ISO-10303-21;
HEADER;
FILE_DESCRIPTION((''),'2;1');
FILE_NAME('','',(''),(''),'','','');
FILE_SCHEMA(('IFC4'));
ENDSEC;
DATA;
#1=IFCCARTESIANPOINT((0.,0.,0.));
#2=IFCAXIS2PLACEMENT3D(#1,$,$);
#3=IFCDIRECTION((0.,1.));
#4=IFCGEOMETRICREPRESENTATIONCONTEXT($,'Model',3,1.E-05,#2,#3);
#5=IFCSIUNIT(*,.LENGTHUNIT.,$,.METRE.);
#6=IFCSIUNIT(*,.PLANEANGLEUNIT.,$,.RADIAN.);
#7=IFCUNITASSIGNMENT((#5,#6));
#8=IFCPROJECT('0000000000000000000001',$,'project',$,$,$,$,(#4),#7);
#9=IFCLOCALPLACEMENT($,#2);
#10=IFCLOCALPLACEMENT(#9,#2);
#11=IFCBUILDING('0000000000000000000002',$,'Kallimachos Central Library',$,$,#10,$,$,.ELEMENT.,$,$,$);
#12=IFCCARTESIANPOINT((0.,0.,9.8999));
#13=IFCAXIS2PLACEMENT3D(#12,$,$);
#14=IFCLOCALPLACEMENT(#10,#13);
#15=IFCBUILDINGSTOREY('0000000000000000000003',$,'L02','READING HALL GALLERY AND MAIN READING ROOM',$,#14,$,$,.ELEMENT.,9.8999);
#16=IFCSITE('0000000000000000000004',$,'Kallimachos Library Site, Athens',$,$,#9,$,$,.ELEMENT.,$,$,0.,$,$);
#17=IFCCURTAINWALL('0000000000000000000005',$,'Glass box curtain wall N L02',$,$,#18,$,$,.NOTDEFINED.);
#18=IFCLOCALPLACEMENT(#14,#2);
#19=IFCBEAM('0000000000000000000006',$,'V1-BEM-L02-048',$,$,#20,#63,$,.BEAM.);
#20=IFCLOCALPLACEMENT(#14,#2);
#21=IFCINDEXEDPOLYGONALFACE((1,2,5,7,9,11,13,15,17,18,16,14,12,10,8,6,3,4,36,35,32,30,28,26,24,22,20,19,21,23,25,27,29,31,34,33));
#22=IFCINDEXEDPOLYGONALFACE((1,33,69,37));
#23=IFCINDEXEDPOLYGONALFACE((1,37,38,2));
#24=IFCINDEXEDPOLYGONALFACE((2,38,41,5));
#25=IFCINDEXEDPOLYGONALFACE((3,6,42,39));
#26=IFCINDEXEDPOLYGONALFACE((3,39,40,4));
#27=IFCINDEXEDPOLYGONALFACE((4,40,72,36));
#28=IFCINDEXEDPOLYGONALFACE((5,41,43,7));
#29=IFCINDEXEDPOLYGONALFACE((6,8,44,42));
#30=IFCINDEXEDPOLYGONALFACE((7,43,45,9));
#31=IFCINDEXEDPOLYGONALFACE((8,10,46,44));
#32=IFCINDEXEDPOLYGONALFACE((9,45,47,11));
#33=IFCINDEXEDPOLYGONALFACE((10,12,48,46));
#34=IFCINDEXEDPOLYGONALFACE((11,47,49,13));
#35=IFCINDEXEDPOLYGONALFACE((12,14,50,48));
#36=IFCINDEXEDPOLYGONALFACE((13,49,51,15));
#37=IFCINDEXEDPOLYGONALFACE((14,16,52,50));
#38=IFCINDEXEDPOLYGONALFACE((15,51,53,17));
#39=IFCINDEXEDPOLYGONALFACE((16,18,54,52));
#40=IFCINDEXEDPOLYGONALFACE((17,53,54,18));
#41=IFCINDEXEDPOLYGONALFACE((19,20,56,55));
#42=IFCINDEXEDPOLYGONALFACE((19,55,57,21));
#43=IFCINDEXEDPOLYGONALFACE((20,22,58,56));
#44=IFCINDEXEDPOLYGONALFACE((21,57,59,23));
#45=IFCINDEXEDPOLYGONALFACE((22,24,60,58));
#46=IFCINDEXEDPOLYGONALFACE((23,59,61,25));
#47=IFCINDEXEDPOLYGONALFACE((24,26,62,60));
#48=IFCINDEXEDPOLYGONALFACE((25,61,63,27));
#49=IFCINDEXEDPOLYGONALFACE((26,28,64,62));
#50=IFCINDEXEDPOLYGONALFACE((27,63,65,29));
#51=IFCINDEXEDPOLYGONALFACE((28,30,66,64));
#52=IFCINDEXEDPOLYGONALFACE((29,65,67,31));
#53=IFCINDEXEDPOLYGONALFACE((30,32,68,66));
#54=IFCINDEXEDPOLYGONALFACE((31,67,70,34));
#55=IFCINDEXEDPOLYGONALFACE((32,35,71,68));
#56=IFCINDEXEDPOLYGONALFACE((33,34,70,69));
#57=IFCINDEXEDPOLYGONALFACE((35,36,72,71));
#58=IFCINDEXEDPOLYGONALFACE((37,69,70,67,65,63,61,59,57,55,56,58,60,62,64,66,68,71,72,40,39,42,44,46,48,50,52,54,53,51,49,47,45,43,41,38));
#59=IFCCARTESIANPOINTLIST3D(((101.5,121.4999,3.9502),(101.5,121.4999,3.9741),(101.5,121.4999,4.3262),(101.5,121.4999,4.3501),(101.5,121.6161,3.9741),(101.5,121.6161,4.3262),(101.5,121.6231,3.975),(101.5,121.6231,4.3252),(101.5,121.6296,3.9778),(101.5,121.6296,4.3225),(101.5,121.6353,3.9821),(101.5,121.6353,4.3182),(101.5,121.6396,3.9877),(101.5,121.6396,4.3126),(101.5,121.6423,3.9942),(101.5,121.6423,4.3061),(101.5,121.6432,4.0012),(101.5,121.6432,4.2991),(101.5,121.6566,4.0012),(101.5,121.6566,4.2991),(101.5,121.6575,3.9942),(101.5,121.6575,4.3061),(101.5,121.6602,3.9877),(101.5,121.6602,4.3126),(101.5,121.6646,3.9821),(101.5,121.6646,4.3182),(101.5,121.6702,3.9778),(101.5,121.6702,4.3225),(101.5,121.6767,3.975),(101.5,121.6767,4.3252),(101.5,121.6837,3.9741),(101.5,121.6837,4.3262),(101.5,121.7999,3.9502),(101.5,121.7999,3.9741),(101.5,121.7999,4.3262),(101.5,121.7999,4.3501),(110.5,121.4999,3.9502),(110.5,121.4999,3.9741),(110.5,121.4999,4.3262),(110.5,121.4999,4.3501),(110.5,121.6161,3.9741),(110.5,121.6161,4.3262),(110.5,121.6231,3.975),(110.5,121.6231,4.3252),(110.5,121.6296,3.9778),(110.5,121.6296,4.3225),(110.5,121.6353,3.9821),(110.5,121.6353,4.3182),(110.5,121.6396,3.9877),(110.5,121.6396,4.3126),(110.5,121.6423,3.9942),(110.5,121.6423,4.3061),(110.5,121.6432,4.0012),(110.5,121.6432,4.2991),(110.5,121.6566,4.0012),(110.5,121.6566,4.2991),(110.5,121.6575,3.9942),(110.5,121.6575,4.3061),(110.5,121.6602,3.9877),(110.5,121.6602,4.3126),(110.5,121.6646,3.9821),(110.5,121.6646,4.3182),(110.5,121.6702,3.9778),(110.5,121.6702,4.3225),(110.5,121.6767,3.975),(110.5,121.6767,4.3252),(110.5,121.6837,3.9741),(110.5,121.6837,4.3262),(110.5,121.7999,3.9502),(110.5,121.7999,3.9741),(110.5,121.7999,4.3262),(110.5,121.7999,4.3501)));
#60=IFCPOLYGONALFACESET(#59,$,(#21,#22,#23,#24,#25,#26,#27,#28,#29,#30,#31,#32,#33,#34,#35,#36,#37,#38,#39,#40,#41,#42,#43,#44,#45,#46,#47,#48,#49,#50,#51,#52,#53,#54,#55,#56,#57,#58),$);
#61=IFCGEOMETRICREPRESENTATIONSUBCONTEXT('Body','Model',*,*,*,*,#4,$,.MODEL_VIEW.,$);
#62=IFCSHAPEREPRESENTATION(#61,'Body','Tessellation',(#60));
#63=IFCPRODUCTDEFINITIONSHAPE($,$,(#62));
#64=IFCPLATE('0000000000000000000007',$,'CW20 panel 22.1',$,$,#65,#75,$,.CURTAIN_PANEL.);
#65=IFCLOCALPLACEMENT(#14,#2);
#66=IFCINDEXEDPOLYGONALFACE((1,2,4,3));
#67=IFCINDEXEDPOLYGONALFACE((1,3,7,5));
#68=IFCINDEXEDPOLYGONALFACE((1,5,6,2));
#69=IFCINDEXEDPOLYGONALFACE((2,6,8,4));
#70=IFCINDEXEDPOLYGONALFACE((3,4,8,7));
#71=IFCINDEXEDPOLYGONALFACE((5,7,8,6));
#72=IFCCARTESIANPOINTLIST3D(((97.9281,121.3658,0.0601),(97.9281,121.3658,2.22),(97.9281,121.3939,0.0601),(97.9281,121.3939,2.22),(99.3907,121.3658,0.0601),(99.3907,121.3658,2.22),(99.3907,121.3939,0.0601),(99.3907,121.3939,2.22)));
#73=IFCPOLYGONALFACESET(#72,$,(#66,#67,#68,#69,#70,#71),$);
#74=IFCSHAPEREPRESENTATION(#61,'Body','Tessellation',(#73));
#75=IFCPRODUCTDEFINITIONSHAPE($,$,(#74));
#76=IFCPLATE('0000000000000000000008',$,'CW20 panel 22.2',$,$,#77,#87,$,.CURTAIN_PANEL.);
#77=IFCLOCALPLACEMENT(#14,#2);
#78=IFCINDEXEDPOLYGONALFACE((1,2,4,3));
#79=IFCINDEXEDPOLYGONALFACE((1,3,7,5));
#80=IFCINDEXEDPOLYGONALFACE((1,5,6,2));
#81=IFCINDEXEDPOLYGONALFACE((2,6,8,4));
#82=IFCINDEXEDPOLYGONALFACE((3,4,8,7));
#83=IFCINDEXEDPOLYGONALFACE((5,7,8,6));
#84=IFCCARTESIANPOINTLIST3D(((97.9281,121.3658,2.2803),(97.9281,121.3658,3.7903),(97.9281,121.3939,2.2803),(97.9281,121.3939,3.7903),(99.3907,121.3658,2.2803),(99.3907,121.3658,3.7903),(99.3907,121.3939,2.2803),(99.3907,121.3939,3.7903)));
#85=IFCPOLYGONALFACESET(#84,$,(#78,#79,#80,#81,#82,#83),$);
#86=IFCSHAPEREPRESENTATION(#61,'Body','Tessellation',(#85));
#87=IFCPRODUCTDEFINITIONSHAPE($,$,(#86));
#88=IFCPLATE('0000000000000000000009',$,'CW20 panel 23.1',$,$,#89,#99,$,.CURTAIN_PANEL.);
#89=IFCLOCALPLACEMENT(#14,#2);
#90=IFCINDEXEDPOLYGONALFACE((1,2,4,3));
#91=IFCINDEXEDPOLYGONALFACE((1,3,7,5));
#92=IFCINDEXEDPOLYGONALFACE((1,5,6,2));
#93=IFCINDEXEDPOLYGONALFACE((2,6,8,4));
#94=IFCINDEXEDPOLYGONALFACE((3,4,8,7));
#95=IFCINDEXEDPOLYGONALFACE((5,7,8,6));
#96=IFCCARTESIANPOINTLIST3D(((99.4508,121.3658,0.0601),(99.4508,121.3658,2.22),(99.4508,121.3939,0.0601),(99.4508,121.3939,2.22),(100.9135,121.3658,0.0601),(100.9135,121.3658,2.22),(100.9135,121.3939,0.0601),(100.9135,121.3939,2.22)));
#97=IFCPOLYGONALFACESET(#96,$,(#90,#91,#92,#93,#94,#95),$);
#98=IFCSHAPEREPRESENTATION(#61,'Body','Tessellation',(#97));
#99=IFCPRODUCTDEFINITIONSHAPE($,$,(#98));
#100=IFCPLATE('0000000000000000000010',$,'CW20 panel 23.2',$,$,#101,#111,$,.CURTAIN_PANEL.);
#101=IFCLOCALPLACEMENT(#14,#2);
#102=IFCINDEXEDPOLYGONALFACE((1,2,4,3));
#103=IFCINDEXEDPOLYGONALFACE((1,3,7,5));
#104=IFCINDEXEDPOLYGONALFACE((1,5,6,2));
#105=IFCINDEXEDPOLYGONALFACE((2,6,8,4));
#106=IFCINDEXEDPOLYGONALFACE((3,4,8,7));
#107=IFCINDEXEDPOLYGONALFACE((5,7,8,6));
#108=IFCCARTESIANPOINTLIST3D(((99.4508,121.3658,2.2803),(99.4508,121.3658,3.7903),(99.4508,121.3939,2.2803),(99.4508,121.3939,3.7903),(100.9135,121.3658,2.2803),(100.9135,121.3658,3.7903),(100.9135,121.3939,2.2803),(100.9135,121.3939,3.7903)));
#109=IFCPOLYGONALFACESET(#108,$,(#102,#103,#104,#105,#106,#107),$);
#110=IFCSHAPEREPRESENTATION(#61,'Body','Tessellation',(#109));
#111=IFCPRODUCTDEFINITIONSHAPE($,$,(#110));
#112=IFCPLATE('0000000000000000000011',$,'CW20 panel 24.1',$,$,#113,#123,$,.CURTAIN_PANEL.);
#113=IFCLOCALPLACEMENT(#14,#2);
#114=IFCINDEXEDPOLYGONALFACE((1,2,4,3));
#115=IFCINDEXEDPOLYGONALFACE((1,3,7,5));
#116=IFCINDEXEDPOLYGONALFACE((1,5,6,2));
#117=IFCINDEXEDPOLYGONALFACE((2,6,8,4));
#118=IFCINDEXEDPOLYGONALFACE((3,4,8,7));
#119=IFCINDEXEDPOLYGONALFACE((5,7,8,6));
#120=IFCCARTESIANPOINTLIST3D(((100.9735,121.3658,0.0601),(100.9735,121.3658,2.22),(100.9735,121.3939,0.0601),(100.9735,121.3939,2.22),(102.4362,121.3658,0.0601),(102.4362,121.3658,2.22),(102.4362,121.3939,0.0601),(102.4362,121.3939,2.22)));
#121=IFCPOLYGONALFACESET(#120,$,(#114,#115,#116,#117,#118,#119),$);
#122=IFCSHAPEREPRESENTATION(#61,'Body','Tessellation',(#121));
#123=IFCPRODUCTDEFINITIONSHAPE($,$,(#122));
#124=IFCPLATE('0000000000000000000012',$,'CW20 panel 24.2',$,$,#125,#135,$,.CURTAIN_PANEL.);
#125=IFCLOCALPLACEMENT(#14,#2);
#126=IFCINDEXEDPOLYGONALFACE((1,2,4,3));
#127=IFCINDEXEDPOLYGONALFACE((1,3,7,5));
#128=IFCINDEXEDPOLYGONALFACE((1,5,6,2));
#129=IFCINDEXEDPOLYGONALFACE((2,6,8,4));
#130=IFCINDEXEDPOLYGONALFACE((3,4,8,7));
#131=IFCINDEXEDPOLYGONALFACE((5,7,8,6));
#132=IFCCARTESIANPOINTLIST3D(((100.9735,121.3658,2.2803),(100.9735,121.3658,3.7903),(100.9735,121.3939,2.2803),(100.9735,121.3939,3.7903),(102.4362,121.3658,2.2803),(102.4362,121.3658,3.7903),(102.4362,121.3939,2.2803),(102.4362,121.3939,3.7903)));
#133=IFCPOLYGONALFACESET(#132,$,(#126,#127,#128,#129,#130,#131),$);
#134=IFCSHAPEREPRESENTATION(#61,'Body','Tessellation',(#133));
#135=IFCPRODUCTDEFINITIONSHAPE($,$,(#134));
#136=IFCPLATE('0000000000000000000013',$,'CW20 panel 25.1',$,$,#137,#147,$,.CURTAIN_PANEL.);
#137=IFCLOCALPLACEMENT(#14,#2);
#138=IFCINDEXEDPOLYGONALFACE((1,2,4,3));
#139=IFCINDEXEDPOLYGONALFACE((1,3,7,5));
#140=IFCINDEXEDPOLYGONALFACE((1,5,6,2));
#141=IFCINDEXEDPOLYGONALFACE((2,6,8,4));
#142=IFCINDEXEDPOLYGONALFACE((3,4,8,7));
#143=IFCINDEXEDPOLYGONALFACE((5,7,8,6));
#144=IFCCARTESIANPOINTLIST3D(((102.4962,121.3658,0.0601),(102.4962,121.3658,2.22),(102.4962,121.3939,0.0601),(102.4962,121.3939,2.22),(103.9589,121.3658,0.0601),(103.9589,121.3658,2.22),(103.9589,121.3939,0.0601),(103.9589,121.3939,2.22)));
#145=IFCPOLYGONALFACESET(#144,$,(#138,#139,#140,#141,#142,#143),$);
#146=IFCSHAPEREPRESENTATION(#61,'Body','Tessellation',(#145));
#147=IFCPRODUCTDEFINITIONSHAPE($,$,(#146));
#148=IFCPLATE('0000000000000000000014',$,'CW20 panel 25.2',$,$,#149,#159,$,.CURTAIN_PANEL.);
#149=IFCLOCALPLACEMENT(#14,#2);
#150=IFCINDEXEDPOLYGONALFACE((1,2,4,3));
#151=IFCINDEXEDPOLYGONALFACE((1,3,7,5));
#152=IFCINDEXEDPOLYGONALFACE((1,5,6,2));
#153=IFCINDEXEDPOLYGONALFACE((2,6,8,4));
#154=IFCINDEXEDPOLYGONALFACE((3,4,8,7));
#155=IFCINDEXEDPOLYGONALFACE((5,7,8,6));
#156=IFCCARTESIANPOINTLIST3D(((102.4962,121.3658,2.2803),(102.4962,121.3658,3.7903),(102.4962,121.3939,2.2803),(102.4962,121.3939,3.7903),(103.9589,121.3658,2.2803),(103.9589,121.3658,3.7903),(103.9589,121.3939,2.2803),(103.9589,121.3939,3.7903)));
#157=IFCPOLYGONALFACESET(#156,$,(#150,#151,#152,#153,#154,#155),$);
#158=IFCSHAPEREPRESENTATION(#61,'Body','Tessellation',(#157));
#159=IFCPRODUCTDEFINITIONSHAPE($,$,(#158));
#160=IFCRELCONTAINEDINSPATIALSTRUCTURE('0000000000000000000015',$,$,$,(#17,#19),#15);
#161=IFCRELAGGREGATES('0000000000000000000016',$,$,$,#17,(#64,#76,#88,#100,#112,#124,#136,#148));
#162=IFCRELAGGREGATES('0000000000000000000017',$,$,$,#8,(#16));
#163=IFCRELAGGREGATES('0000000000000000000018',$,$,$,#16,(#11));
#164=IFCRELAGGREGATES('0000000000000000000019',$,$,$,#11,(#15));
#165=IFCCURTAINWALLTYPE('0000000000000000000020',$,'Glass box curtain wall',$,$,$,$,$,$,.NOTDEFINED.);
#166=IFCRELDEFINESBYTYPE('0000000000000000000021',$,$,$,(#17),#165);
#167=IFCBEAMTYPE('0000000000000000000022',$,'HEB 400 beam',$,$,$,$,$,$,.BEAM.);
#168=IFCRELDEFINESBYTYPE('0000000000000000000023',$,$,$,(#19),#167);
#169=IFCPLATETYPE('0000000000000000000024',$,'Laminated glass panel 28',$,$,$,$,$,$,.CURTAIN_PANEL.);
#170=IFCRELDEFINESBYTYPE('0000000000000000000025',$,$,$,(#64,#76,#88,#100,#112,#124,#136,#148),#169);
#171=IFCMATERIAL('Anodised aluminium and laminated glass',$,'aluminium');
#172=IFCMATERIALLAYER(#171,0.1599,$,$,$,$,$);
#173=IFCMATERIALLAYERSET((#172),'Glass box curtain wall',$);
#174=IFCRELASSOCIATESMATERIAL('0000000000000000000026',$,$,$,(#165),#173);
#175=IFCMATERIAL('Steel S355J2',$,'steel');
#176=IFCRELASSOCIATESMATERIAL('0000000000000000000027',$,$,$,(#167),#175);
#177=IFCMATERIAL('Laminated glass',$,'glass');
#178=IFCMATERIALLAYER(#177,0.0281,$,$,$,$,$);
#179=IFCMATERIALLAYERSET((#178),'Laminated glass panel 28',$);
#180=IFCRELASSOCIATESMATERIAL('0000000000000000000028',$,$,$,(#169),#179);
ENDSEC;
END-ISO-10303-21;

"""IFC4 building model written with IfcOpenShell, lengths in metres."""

from ifc_helpers import new_model, si_unit, direction, frame, origin, origin_2d, place, context, subcontext, project, spatial, rectangle, i_section, extrude, material, layer, layer_set, material_profile, profile_set, type_object, element, aggregate, save


model = new_model("IFC4")

# Units and contexts
model_context = context("Model", 3, precision=1e-05, world=origin(), true_north=direction((0.0, 1.0)))
body_context = subcontext(model_context, "Body", "Model", "MODEL_VIEW")
ifc_project = project(units=[si_unit("LENGTHUNIT", "METRE"), si_unit("PLANEANGLEUNIT", "RADIAN")], contexts=[model_context])

# Site, building, storey
site_placement = place(None, origin())
site = spatial("IfcSite", under=ifc_project, at=site_placement, Name="Kallimachos Library Site, Athens", CompositionType="ELEMENT", RefElevation=0.0)
building_placement = place(site_placement, origin())
building = spatial("IfcBuilding", under=site, at=building_placement, Name="Kallimachos Central Library", CompositionType="ELEMENT")
storey_placement = place(building_placement, frame((0.0, 0.0, 9.8999)))
storey = spatial("IfcBuildingStorey", under=building, at=storey_placement, Name="L02", Description="READING HALL GALLERY AND MAIN READING ROOM", CompositionType="ELEMENT", Elevation=9.8999)

# Curtain wall
ifc_material_1 = material(Name="Anodised aluminium and laminated glass", Category="aluminium")
ifc_layer_1 = layer(ifc_material_1, 0.1599)
ifc_layer_set_1 = layer_set([ifc_layer_1], Name="Glass box curtain wall")
curtain_wall_type = type_object("IfcCurtainWallType", Name="Glass box curtain wall", PredefinedType="NOTDEFINED", material=ifc_layer_set_1)
curtain_wall_placement = place(storey_placement, origin())
curtain_wall = element("IfcCurtainWall", 1, at=curtain_wall_placement, inside=storey, type_object=curtain_wall_type, Name="Glass box curtain wall N L02", PredefinedType="NOTDEFINED")

# Beam
ifc_material_2 = material(Name="Steel S355J2", Category="steel")
ifc_material_profile_1 = material_profile(ifc_material_2, i_section(OverallWidth=0.3, OverallDepth=0.3999, WebThickness=0.0134, FlangeThickness=0.0239, FilletRadius=0.0271, at=origin_2d()), Name="HEB 400")
ifc_profile_set_1 = profile_set([ifc_material_profile_1], Name="Steel S355J2")
beam_type = type_object("IfcBeamType", Name="HEB 400 beam", PredefinedType="BEAM", material=ifc_profile_set_1)
beam_placement = place(storey_placement, frame((101.5, 121.6499, 4.1501), z_axis=(1.0, 0.0, 0.0), x_axis=(0.0, 1.0, 0.0)))
element("IfcBeam", 2, at=beam_placement, inside=storey, type_object=beam_type, Name="V1-BEM-L02-048", PredefinedType="BEAM", context=body_context, shape_type="SweptSolid", body=[
    extrude(i_section(OverallWidth=0.3, OverallDepth=0.3999, WebThickness=0.0134, FlangeThickness=0.0239, FilletRadius=0.0271, at=origin_2d()), origin(), (0.0, 0.0, 1.0), 9.0),
])

# Plates
ifc_material_3 = material(Name="Laminated glass", Category="glass")
ifc_layer_2 = layer(ifc_material_3, 0.0281)
ifc_layer_set_2 = layer_set([ifc_layer_2], Name="Laminated glass panel 28")
plate_type = type_object("IfcPlateType", Name="Laminated glass panel 28", PredefinedType="CURTAIN_PANEL", material=ifc_layer_set_2)
plate_1_placement = place(storey_placement, frame((98.6594, 121.3799, 0.0601), z_axis=(0.0, 0.0, 1.0), x_axis=(1.0, 0.0, 0.0)))
plate_1 = element("IfcPlate", 3, at=plate_1_placement, type_object=plate_type, Name="CW20 panel 22.1", PredefinedType="CURTAIN_PANEL", context=body_context, shape_type="SweptSolid", body=[
    extrude(rectangle(XDim=1.4626, YDim=0.0281, at=origin_2d()), origin(), (0.0, 0.0, 1.0), 2.1599),
])
plate_2_placement = place(storey_placement, frame((98.6594, 121.3799, 2.2803), z_axis=(0.0, 0.0, 1.0), x_axis=(1.0, 0.0, 0.0)))
plate_2 = element("IfcPlate", 4, at=plate_2_placement, type_object=plate_type, Name="CW20 panel 22.2", PredefinedType="CURTAIN_PANEL", context=body_context, shape_type="SweptSolid", body=[
    extrude(rectangle(XDim=1.4626, YDim=0.0281, at=origin_2d()), origin(), (0.0, 0.0, 1.0), 1.51),
])
plate_3_placement = place(storey_placement, frame((100.1821, 121.3799, 0.0601), z_axis=(0.0, 0.0, 1.0), x_axis=(1.0, 0.0, 0.0)))
plate_3 = element("IfcPlate", 5, at=plate_3_placement, type_object=plate_type, Name="CW20 panel 23.1", PredefinedType="CURTAIN_PANEL", context=body_context, shape_type="SweptSolid", body=[
    extrude(rectangle(XDim=1.4626, YDim=0.0281, at=origin_2d()), origin(), (0.0, 0.0, 1.0), 2.1599),
])
plate_4_placement = place(storey_placement, frame((100.1821, 121.3799, 2.2803), z_axis=(0.0, 0.0, 1.0), x_axis=(1.0, 0.0, 0.0)))
plate_4 = element("IfcPlate", 6, at=plate_4_placement, type_object=plate_type, Name="CW20 panel 23.2", PredefinedType="CURTAIN_PANEL", context=body_context, shape_type="SweptSolid", body=[
    extrude(rectangle(XDim=1.4626, YDim=0.0281, at=origin_2d()), origin(), (0.0, 0.0, 1.0), 1.51),
])
plate_5_placement = place(storey_placement, frame((101.7048, 121.3799, 0.0601), z_axis=(0.0, 0.0, 1.0), x_axis=(1.0, 0.0, 0.0)))
plate_5 = element("IfcPlate", 7, at=plate_5_placement, type_object=plate_type, Name="CW20 panel 24.1", PredefinedType="CURTAIN_PANEL", context=body_context, shape_type="SweptSolid", body=[
    extrude(rectangle(XDim=1.4626, YDim=0.0281, at=origin_2d()), origin(), (0.0, 0.0, 1.0), 2.1599),
])
plate_6_placement = place(storey_placement, frame((101.7048, 121.3799, 2.2803), z_axis=(0.0, 0.0, 1.0), x_axis=(1.0, 0.0, 0.0)))
plate_6 = element("IfcPlate", 8, at=plate_6_placement, type_object=plate_type, Name="CW20 panel 24.2", PredefinedType="CURTAIN_PANEL", context=body_context, shape_type="SweptSolid", body=[
    extrude(rectangle(XDim=1.4626, YDim=0.0281, at=origin_2d()), origin(), (0.0, 0.0, 1.0), 1.51),
])
plate_7_placement = place(storey_placement, frame((103.2275, 121.3799, 0.0601), z_axis=(0.0, 0.0, 1.0), x_axis=(1.0, 0.0, 0.0)))
plate_7 = element("IfcPlate", 9, at=plate_7_placement, type_object=plate_type, Name="CW20 panel 25.1", PredefinedType="CURTAIN_PANEL", context=body_context, shape_type="SweptSolid", body=[
    extrude(rectangle(XDim=1.4626, YDim=0.0281, at=origin_2d()), origin(), (0.0, 0.0, 1.0), 2.1599),
])
plate_8_placement = place(storey_placement, frame((103.2275, 121.3799, 2.2803), z_axis=(0.0, 0.0, 1.0), x_axis=(1.0, 0.0, 0.0)))
plate_8 = element("IfcPlate", 10, at=plate_8_placement, type_object=plate_type, Name="CW20 panel 25.2", PredefinedType="CURTAIN_PANEL", context=body_context, shape_type="SweptSolid", body=[
    extrude(rectangle(XDim=1.4626, YDim=0.0281, at=origin_2d()), origin(), (0.0, 0.0, 1.0), 1.51),
])
aggregate(curtain_wall, [plate_1, plate_2, plate_3, plate_4, plate_5, plate_6, plate_7, plate_8])

save(model, "model.ifc")
